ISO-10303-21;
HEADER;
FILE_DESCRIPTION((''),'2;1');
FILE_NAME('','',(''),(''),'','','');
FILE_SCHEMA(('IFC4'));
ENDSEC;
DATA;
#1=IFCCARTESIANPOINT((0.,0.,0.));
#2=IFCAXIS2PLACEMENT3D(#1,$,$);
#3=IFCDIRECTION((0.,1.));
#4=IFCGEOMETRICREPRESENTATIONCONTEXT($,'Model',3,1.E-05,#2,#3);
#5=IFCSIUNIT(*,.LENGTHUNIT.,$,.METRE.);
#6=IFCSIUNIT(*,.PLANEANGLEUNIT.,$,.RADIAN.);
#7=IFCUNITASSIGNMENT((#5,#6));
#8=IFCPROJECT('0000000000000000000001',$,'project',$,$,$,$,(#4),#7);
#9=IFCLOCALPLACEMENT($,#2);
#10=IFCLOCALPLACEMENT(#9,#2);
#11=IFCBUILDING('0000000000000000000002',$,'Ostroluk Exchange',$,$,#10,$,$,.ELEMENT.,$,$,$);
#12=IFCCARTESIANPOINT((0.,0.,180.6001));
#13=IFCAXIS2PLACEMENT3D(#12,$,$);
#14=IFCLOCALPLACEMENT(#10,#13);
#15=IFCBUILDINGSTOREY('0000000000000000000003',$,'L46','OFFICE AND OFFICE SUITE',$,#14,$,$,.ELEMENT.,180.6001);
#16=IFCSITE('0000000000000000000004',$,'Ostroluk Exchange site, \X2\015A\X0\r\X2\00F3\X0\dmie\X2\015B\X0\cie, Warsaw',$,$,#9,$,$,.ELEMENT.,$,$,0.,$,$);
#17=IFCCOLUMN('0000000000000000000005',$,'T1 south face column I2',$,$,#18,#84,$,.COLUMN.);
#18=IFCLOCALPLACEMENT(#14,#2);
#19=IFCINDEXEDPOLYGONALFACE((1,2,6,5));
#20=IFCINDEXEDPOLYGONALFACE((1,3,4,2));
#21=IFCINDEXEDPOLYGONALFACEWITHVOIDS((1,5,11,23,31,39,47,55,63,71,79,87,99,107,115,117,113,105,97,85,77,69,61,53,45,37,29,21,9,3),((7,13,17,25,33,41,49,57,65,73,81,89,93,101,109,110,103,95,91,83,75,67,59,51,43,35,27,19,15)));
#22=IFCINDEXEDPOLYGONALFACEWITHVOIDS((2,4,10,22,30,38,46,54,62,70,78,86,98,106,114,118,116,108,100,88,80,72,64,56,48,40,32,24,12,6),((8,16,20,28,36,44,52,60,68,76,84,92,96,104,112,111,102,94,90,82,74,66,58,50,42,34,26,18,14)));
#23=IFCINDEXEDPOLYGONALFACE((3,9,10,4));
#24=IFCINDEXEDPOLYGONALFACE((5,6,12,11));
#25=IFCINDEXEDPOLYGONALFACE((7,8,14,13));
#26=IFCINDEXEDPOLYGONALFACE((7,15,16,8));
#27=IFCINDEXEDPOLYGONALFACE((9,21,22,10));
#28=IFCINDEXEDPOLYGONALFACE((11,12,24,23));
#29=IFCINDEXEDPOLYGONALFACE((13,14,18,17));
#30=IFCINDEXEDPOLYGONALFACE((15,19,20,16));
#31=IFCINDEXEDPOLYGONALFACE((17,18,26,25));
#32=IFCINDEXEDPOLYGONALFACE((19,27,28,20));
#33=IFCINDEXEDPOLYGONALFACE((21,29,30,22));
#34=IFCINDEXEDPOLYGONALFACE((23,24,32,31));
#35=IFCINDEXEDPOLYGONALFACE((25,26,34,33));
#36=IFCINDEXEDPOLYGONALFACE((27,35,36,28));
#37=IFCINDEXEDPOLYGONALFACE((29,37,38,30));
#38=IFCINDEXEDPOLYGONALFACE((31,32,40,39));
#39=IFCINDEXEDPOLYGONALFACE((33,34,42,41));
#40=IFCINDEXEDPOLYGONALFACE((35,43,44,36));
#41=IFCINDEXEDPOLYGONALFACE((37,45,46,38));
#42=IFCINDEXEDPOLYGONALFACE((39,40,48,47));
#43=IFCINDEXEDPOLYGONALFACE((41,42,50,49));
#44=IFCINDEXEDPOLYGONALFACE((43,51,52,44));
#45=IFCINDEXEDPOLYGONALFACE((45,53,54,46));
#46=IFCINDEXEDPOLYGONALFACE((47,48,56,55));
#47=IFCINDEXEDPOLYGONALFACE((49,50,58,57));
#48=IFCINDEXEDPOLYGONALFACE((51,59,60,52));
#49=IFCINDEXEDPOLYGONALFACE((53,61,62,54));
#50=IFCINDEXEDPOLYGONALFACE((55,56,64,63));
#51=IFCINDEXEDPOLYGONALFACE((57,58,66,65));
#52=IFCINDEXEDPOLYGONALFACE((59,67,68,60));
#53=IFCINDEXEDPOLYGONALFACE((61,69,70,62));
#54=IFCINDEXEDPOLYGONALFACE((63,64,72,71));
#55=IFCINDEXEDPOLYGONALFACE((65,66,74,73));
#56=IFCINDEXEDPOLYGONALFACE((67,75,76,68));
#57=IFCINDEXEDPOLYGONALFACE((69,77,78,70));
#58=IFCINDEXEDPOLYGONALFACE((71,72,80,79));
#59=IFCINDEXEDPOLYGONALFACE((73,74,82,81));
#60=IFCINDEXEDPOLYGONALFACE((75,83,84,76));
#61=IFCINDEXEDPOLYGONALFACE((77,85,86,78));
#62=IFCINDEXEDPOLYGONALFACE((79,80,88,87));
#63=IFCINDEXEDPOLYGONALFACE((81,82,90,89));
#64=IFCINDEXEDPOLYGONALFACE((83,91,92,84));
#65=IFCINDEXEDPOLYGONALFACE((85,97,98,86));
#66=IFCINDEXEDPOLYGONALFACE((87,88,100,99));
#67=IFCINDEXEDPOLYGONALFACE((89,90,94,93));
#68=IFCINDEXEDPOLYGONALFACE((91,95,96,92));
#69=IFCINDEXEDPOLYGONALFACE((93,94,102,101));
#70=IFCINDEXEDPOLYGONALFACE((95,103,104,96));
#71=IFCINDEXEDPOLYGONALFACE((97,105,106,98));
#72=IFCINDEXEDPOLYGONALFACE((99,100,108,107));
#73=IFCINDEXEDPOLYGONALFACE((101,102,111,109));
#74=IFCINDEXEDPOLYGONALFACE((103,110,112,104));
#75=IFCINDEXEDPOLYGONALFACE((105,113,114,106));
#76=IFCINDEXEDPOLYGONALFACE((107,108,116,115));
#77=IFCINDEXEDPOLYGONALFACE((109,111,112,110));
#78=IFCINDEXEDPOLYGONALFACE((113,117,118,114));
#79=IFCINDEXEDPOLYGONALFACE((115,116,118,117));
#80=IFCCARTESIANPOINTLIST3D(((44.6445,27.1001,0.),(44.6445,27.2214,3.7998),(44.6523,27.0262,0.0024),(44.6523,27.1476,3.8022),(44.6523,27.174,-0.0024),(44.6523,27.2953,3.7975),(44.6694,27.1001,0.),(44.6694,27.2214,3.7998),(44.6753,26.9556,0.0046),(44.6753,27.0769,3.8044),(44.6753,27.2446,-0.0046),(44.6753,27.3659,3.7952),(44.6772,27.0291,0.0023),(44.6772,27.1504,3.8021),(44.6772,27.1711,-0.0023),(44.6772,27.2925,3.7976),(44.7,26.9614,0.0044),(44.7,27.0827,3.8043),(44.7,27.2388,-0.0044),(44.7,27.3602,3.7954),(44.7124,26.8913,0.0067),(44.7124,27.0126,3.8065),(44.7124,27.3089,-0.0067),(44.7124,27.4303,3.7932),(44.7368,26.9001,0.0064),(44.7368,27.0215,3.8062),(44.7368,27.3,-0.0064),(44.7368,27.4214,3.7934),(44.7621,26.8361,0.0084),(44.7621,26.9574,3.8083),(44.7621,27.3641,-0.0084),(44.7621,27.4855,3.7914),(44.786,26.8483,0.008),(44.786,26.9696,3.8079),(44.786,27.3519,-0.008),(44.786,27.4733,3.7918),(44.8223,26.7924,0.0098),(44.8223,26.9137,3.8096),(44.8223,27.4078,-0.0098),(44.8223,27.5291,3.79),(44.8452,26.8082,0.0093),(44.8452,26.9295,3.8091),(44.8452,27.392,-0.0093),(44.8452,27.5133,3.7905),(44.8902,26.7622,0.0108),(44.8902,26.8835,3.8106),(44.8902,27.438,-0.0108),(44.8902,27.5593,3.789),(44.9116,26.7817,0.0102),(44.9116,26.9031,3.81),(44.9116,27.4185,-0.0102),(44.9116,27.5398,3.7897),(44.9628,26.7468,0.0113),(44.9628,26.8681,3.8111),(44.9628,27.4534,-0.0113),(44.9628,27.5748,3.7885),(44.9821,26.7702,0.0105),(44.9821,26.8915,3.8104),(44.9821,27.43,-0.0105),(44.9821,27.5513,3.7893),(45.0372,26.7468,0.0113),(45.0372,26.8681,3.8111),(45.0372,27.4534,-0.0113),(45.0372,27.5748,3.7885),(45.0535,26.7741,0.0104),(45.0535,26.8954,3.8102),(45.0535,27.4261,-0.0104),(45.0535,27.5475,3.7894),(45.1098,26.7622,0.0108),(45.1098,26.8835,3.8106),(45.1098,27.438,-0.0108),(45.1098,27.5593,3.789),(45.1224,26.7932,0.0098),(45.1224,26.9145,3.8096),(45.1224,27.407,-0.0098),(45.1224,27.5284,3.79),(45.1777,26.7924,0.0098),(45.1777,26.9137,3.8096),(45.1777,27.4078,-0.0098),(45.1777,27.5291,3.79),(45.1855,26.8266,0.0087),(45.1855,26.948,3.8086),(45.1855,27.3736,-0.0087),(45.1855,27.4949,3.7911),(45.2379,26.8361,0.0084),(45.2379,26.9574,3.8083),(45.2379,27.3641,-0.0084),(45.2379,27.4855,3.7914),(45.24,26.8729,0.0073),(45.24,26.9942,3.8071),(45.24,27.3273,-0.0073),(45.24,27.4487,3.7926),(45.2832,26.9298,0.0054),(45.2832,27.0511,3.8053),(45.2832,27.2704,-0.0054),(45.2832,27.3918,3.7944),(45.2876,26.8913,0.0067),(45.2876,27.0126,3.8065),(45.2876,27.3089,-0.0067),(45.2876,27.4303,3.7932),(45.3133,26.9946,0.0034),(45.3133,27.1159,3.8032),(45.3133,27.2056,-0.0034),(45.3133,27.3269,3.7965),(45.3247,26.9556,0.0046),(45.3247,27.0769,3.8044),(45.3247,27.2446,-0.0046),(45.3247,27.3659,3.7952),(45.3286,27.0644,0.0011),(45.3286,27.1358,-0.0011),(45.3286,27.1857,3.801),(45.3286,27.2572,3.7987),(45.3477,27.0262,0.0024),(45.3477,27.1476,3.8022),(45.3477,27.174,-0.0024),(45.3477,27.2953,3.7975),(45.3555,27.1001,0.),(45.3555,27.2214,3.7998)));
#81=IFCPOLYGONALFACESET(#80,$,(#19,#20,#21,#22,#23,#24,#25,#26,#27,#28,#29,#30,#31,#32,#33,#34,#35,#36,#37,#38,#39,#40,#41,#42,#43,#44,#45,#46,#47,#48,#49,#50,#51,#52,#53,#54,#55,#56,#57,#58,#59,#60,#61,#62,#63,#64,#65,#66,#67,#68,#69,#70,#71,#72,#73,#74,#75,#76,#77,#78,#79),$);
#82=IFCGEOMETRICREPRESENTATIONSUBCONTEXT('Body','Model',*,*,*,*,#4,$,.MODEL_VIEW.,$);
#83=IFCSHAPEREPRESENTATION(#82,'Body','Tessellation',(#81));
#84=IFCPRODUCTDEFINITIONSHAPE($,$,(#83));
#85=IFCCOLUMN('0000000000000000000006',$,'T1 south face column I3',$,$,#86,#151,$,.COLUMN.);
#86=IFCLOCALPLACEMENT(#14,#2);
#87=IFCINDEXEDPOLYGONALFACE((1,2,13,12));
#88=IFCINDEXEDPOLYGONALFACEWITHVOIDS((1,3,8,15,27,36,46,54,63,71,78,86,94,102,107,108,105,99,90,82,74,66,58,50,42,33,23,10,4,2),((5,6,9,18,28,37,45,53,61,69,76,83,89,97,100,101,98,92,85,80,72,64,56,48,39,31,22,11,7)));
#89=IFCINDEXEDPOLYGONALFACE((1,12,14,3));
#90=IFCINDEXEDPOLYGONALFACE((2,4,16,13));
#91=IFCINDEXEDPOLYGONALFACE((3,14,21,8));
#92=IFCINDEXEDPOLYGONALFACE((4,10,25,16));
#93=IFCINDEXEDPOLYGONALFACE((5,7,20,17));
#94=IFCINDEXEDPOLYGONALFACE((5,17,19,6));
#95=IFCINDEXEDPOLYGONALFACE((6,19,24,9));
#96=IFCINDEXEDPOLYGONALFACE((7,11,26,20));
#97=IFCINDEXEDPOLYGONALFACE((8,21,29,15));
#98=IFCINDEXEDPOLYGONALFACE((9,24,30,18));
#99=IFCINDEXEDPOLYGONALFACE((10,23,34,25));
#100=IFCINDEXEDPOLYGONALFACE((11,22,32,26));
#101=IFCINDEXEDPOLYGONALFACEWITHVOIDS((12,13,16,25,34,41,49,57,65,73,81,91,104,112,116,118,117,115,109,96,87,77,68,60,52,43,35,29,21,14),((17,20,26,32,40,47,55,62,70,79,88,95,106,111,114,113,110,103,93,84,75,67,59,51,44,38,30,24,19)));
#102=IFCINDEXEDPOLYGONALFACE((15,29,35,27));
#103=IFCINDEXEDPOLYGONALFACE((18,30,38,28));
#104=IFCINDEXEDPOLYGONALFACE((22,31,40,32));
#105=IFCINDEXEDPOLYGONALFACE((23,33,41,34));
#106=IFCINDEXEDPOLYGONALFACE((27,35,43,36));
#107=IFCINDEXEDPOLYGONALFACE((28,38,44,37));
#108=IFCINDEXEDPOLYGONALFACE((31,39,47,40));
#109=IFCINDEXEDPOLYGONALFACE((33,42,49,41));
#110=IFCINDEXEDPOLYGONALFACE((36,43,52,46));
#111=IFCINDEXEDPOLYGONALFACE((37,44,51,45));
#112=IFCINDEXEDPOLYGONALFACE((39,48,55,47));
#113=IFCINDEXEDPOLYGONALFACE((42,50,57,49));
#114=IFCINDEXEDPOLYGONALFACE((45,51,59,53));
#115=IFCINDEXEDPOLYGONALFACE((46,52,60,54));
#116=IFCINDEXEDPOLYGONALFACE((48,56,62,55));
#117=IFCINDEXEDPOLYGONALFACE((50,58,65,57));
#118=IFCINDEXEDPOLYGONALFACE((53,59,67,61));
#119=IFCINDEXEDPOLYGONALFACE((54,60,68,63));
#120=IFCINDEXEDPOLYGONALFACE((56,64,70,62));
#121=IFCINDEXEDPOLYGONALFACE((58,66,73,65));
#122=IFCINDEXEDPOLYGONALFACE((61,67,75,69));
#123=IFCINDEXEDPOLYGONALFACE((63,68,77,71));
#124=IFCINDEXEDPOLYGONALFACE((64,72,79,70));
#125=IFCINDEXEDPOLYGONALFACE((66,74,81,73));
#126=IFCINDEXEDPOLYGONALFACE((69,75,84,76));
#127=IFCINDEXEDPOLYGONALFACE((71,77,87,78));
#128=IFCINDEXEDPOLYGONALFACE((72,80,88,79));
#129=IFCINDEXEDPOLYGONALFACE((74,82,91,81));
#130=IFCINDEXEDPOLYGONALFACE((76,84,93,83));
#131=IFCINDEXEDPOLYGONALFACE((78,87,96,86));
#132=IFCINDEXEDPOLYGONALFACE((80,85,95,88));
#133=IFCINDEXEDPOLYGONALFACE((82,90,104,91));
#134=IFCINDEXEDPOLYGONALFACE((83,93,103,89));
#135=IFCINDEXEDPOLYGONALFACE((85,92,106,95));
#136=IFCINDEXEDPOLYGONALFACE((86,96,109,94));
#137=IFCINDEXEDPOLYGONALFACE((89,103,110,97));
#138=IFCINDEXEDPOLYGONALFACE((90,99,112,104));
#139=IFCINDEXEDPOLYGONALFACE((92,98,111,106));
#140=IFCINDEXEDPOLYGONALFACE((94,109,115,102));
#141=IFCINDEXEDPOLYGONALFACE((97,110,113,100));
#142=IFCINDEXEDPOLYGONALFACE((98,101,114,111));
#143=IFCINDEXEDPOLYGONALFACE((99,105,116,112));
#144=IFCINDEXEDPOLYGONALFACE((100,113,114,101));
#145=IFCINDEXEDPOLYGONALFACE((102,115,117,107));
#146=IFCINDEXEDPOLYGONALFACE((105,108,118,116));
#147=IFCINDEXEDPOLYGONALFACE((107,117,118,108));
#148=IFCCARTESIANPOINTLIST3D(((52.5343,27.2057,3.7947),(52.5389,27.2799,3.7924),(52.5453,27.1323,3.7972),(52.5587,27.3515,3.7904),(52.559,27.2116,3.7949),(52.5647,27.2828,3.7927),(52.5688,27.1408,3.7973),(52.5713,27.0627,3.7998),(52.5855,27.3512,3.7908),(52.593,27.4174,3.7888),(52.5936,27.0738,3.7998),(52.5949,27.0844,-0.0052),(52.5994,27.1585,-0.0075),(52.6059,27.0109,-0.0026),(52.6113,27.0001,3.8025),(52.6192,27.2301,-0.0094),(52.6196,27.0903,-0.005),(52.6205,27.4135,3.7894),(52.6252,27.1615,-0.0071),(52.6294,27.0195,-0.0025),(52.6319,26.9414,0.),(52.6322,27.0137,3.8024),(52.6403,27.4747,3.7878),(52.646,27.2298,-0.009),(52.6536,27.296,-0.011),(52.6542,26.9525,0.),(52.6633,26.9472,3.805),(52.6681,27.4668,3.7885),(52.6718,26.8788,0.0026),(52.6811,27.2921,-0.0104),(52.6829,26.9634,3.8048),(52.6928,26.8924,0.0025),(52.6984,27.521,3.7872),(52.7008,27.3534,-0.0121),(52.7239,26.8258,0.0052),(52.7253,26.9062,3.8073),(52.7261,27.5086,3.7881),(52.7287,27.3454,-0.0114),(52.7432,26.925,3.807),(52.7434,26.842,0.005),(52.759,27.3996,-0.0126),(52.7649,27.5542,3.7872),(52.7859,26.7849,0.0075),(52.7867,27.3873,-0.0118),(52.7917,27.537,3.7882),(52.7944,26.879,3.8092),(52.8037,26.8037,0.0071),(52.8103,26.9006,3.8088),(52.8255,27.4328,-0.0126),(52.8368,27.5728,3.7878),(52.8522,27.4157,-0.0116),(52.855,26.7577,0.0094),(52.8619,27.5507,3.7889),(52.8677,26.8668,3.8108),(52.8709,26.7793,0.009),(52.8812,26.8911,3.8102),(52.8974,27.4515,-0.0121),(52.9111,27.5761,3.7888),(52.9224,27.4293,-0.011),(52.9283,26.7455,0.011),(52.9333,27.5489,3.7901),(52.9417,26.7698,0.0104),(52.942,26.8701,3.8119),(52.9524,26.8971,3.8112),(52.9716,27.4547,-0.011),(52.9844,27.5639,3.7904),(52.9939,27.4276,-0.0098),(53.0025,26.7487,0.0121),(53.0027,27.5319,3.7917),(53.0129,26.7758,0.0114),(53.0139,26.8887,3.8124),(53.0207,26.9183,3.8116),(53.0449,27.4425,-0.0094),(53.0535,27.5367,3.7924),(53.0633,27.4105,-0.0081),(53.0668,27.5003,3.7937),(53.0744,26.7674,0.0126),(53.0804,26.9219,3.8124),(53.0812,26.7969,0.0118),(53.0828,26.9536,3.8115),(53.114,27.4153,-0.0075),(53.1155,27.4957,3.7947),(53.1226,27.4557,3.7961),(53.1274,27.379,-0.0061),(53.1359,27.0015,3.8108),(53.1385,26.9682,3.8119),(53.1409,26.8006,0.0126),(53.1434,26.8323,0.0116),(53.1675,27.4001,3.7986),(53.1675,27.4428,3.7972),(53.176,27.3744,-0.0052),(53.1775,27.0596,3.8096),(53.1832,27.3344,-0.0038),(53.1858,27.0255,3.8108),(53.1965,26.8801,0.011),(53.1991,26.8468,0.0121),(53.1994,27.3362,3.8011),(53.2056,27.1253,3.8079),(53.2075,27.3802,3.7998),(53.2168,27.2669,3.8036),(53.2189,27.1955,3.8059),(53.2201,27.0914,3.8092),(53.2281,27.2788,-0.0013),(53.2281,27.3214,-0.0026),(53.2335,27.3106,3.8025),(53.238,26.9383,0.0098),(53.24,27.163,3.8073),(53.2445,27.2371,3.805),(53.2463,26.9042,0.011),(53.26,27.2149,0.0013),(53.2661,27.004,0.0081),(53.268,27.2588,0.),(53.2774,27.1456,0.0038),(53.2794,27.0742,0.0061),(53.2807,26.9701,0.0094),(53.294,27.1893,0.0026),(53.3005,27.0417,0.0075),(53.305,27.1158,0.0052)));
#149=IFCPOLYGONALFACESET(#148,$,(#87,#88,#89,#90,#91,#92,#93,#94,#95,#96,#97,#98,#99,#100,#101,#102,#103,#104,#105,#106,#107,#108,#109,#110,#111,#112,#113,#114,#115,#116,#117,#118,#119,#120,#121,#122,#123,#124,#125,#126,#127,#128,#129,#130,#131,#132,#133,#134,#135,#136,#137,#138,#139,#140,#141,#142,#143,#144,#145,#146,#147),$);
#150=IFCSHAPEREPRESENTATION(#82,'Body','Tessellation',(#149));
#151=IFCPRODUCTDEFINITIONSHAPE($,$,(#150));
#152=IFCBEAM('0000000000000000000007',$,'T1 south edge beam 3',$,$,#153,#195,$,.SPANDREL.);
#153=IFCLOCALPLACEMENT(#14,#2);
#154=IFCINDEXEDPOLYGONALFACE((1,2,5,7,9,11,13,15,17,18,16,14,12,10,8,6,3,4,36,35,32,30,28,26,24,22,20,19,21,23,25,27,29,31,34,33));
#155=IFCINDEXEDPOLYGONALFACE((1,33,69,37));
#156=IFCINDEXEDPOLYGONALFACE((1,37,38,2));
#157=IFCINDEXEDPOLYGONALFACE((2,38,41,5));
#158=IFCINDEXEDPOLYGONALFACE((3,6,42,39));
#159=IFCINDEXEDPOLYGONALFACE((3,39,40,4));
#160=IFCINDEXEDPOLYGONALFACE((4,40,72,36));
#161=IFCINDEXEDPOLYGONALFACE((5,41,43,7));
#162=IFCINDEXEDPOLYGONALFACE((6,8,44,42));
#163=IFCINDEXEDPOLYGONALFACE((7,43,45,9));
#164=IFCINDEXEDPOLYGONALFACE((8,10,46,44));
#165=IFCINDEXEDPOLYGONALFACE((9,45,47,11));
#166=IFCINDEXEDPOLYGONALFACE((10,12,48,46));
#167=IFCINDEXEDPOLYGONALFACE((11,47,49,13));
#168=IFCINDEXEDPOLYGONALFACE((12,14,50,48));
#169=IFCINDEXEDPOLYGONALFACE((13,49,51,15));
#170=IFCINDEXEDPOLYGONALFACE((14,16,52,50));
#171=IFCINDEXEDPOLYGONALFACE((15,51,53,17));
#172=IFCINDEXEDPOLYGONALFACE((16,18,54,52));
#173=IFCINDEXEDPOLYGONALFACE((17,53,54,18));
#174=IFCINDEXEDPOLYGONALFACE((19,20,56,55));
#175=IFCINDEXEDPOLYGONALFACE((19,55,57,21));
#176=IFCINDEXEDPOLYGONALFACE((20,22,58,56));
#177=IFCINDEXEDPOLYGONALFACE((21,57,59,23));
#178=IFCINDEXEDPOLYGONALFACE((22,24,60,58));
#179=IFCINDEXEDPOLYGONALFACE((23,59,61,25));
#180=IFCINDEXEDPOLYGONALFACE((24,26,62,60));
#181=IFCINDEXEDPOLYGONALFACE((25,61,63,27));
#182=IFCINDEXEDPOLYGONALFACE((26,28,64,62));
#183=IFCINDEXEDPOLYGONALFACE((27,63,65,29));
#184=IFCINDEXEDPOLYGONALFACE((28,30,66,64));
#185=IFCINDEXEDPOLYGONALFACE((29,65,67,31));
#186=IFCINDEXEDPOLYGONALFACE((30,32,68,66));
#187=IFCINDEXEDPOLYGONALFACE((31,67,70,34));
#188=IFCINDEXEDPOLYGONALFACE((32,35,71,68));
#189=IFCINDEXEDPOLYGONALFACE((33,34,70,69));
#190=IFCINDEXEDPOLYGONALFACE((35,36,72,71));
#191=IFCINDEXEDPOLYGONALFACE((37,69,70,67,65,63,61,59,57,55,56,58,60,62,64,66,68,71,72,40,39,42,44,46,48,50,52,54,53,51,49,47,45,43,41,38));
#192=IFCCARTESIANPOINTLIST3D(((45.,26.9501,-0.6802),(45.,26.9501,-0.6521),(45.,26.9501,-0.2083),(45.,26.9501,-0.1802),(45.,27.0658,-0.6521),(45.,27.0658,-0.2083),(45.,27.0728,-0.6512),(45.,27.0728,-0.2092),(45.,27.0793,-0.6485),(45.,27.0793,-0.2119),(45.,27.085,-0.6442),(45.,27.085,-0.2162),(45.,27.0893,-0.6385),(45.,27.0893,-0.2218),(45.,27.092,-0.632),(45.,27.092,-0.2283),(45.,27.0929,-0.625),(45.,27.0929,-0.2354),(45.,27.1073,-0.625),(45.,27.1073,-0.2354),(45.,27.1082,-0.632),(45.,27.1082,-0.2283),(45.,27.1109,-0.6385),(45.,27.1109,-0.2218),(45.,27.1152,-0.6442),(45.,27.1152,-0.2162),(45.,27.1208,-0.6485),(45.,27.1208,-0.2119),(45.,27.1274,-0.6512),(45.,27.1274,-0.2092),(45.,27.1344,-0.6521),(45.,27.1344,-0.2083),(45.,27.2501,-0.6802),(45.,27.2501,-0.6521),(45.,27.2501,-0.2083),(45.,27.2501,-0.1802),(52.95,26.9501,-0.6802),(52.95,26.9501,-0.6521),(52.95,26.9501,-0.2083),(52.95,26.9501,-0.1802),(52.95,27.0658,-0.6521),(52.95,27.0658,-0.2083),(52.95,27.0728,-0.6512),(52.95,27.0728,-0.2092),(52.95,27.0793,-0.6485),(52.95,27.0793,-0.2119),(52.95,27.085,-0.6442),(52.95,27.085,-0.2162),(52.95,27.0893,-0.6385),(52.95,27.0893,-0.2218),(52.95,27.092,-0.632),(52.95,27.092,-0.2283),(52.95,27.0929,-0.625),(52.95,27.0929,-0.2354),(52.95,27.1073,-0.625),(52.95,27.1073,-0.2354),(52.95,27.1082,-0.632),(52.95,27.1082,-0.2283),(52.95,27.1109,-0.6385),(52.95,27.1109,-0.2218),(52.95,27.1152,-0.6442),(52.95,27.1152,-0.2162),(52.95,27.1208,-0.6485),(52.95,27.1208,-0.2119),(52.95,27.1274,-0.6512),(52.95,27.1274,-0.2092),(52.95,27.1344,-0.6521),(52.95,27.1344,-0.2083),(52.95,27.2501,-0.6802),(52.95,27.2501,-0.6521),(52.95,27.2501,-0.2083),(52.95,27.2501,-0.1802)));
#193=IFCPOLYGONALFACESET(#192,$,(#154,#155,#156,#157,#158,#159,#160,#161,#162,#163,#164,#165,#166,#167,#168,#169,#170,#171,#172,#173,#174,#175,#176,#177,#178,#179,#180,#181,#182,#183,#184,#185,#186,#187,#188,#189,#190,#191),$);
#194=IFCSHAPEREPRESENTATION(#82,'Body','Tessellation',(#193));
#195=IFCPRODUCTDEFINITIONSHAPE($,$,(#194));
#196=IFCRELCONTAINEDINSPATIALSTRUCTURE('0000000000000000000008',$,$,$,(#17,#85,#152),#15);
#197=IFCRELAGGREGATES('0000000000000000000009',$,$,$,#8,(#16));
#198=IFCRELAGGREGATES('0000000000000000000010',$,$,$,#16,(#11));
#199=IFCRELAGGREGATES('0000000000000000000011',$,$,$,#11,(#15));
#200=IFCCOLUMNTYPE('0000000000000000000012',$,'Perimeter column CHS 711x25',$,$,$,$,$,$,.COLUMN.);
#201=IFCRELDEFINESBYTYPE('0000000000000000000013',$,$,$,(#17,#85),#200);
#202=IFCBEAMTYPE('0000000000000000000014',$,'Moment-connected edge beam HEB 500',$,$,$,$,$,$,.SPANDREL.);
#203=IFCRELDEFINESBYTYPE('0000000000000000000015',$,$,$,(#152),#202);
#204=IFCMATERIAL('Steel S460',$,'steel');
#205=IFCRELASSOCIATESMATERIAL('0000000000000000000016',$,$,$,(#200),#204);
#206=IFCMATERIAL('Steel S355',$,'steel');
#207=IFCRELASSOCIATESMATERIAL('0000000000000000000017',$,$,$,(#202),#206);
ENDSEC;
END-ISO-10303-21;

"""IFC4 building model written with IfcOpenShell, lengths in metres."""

from ifc_helpers import new_model, si_unit, direction, frame, origin, origin_2d, place, context, subcontext, project, spatial, hollow_circle, i_section, extrude, material, material_profile, profile_set, type_object, element, save


model = new_model("IFC4")

# Units and contexts
model_context = context("Model", 3, precision=1e-05, world=origin(), true_north=direction((0.0, 1.0)))
body_context = subcontext(model_context, "Body", "Model", "MODEL_VIEW")
ifc_project = project(units=[si_unit("LENGTHUNIT", "METRE"), si_unit("PLANEANGLEUNIT", "RADIAN")], contexts=[model_context])

# Site, building, storey
site_placement = place(None, origin())
site = spatial("IfcSite", under=ifc_project, at=site_placement, Name="Ostroluk Exchange site, Śródmieście, Warsaw", CompositionType="ELEMENT", RefElevation=0.0)
building_placement = place(site_placement, origin())
building = spatial("IfcBuilding", under=site, at=building_placement, Name="Ostroluk Exchange", CompositionType="ELEMENT")
storey_placement = place(building_placement, frame((0.0, 0.0, 180.6001)))
storey = spatial("IfcBuildingStorey", under=building, at=storey_placement, Name="L46", Description="OFFICE AND OFFICE SUITE", CompositionType="ELEMENT", Elevation=180.6001)

# Columns
ifc_material_1 = material(Name="Steel S460", Category="steel")
ifc_material_profile_1 = material_profile(ifc_material_1, hollow_circle(Radius=0.3555, WallThickness=0.0249, at=origin_2d()), Name="CHS 711x25")
ifc_profile_set_1 = profile_set([ifc_material_profile_1], Name="Steel S460")
column_type = type_object("IfcColumnType", Name="Perimeter column CHS 711x25", PredefinedType="COLUMN", material=ifc_profile_set_1)
column_1_placement = place(storey_placement, frame((45.0, 27.1001, 0.0), z_axis=(0.0, 0.031916, 0.999491), x_axis=(-1.0, 0.0, 0.0)))
element("IfcColumn", 1, at=column_1_placement, inside=storey, type_object=column_type, Name="T1 south face column I2", PredefinedType="COLUMN", context=body_context, shape_type="SweptSolid", body=[
    extrude(hollow_circle(Radius=0.3555, WallThickness=0.0249, at=origin_2d()), origin(), (0.0, 0.0, 1.0), 3.8018),
])
column_2_placement = place(storey_placement, frame((52.95, 27.1001, 0.0), z_axis=(-0.015924, 0.031912, 0.999364), x_axis=(-0.894787, -0.446493, 0.0)))
element("IfcColumn", 2, at=column_2_placement, inside=storey, type_object=column_type, Name="T1 south face column I3", PredefinedType="COLUMN", context=body_context, shape_type="SweptSolid", body=[
    extrude(hollow_circle(Radius=0.3555, WallThickness=0.0249, at=origin_2d()), origin(), (0.0, 0.0, 1.0), 3.8022),
])

# Beam
ifc_material_2 = material(Name="Steel S355", Category="steel")
ifc_material_profile_2 = material_profile(ifc_material_2, i_section(OverallWidth=0.3, OverallDepth=0.5, WebThickness=0.0144, FlangeThickness=0.0281, FilletRadius=0.0271, at=origin_2d()), Name="HEB 500")
ifc_profile_set_2 = profile_set([ifc_material_profile_2], Name="Steel S355")
beam_type = type_object("IfcBeamType", Name="Moment-connected edge beam HEB 500", PredefinedType="SPANDREL", material=ifc_profile_set_2)
for number, where, z_axis, x_axis, name in (
    (3, (45.0, 27.1001, -0.4302), (1.0, 0.0, 0.0), (0.0, 1.0, 0.0), "T1 south edge beam 3"),
):
    element("IfcBeam", number, at=place(storey_placement, frame(where, z_axis=z_axis, x_axis=x_axis)), inside=storey, type_object=beam_type, Name=name, PredefinedType="SPANDREL", context=body_context, shape_type="SweptSolid", body=[
        extrude(i_section(OverallWidth=0.3, OverallDepth=0.5, WebThickness=0.0144, FlangeThickness=0.0281, FilletRadius=0.0271, at=origin_2d()), origin(), (0.0, 0.0, 1.0), 7.95),
    ])

save(model, "model.ifc")
